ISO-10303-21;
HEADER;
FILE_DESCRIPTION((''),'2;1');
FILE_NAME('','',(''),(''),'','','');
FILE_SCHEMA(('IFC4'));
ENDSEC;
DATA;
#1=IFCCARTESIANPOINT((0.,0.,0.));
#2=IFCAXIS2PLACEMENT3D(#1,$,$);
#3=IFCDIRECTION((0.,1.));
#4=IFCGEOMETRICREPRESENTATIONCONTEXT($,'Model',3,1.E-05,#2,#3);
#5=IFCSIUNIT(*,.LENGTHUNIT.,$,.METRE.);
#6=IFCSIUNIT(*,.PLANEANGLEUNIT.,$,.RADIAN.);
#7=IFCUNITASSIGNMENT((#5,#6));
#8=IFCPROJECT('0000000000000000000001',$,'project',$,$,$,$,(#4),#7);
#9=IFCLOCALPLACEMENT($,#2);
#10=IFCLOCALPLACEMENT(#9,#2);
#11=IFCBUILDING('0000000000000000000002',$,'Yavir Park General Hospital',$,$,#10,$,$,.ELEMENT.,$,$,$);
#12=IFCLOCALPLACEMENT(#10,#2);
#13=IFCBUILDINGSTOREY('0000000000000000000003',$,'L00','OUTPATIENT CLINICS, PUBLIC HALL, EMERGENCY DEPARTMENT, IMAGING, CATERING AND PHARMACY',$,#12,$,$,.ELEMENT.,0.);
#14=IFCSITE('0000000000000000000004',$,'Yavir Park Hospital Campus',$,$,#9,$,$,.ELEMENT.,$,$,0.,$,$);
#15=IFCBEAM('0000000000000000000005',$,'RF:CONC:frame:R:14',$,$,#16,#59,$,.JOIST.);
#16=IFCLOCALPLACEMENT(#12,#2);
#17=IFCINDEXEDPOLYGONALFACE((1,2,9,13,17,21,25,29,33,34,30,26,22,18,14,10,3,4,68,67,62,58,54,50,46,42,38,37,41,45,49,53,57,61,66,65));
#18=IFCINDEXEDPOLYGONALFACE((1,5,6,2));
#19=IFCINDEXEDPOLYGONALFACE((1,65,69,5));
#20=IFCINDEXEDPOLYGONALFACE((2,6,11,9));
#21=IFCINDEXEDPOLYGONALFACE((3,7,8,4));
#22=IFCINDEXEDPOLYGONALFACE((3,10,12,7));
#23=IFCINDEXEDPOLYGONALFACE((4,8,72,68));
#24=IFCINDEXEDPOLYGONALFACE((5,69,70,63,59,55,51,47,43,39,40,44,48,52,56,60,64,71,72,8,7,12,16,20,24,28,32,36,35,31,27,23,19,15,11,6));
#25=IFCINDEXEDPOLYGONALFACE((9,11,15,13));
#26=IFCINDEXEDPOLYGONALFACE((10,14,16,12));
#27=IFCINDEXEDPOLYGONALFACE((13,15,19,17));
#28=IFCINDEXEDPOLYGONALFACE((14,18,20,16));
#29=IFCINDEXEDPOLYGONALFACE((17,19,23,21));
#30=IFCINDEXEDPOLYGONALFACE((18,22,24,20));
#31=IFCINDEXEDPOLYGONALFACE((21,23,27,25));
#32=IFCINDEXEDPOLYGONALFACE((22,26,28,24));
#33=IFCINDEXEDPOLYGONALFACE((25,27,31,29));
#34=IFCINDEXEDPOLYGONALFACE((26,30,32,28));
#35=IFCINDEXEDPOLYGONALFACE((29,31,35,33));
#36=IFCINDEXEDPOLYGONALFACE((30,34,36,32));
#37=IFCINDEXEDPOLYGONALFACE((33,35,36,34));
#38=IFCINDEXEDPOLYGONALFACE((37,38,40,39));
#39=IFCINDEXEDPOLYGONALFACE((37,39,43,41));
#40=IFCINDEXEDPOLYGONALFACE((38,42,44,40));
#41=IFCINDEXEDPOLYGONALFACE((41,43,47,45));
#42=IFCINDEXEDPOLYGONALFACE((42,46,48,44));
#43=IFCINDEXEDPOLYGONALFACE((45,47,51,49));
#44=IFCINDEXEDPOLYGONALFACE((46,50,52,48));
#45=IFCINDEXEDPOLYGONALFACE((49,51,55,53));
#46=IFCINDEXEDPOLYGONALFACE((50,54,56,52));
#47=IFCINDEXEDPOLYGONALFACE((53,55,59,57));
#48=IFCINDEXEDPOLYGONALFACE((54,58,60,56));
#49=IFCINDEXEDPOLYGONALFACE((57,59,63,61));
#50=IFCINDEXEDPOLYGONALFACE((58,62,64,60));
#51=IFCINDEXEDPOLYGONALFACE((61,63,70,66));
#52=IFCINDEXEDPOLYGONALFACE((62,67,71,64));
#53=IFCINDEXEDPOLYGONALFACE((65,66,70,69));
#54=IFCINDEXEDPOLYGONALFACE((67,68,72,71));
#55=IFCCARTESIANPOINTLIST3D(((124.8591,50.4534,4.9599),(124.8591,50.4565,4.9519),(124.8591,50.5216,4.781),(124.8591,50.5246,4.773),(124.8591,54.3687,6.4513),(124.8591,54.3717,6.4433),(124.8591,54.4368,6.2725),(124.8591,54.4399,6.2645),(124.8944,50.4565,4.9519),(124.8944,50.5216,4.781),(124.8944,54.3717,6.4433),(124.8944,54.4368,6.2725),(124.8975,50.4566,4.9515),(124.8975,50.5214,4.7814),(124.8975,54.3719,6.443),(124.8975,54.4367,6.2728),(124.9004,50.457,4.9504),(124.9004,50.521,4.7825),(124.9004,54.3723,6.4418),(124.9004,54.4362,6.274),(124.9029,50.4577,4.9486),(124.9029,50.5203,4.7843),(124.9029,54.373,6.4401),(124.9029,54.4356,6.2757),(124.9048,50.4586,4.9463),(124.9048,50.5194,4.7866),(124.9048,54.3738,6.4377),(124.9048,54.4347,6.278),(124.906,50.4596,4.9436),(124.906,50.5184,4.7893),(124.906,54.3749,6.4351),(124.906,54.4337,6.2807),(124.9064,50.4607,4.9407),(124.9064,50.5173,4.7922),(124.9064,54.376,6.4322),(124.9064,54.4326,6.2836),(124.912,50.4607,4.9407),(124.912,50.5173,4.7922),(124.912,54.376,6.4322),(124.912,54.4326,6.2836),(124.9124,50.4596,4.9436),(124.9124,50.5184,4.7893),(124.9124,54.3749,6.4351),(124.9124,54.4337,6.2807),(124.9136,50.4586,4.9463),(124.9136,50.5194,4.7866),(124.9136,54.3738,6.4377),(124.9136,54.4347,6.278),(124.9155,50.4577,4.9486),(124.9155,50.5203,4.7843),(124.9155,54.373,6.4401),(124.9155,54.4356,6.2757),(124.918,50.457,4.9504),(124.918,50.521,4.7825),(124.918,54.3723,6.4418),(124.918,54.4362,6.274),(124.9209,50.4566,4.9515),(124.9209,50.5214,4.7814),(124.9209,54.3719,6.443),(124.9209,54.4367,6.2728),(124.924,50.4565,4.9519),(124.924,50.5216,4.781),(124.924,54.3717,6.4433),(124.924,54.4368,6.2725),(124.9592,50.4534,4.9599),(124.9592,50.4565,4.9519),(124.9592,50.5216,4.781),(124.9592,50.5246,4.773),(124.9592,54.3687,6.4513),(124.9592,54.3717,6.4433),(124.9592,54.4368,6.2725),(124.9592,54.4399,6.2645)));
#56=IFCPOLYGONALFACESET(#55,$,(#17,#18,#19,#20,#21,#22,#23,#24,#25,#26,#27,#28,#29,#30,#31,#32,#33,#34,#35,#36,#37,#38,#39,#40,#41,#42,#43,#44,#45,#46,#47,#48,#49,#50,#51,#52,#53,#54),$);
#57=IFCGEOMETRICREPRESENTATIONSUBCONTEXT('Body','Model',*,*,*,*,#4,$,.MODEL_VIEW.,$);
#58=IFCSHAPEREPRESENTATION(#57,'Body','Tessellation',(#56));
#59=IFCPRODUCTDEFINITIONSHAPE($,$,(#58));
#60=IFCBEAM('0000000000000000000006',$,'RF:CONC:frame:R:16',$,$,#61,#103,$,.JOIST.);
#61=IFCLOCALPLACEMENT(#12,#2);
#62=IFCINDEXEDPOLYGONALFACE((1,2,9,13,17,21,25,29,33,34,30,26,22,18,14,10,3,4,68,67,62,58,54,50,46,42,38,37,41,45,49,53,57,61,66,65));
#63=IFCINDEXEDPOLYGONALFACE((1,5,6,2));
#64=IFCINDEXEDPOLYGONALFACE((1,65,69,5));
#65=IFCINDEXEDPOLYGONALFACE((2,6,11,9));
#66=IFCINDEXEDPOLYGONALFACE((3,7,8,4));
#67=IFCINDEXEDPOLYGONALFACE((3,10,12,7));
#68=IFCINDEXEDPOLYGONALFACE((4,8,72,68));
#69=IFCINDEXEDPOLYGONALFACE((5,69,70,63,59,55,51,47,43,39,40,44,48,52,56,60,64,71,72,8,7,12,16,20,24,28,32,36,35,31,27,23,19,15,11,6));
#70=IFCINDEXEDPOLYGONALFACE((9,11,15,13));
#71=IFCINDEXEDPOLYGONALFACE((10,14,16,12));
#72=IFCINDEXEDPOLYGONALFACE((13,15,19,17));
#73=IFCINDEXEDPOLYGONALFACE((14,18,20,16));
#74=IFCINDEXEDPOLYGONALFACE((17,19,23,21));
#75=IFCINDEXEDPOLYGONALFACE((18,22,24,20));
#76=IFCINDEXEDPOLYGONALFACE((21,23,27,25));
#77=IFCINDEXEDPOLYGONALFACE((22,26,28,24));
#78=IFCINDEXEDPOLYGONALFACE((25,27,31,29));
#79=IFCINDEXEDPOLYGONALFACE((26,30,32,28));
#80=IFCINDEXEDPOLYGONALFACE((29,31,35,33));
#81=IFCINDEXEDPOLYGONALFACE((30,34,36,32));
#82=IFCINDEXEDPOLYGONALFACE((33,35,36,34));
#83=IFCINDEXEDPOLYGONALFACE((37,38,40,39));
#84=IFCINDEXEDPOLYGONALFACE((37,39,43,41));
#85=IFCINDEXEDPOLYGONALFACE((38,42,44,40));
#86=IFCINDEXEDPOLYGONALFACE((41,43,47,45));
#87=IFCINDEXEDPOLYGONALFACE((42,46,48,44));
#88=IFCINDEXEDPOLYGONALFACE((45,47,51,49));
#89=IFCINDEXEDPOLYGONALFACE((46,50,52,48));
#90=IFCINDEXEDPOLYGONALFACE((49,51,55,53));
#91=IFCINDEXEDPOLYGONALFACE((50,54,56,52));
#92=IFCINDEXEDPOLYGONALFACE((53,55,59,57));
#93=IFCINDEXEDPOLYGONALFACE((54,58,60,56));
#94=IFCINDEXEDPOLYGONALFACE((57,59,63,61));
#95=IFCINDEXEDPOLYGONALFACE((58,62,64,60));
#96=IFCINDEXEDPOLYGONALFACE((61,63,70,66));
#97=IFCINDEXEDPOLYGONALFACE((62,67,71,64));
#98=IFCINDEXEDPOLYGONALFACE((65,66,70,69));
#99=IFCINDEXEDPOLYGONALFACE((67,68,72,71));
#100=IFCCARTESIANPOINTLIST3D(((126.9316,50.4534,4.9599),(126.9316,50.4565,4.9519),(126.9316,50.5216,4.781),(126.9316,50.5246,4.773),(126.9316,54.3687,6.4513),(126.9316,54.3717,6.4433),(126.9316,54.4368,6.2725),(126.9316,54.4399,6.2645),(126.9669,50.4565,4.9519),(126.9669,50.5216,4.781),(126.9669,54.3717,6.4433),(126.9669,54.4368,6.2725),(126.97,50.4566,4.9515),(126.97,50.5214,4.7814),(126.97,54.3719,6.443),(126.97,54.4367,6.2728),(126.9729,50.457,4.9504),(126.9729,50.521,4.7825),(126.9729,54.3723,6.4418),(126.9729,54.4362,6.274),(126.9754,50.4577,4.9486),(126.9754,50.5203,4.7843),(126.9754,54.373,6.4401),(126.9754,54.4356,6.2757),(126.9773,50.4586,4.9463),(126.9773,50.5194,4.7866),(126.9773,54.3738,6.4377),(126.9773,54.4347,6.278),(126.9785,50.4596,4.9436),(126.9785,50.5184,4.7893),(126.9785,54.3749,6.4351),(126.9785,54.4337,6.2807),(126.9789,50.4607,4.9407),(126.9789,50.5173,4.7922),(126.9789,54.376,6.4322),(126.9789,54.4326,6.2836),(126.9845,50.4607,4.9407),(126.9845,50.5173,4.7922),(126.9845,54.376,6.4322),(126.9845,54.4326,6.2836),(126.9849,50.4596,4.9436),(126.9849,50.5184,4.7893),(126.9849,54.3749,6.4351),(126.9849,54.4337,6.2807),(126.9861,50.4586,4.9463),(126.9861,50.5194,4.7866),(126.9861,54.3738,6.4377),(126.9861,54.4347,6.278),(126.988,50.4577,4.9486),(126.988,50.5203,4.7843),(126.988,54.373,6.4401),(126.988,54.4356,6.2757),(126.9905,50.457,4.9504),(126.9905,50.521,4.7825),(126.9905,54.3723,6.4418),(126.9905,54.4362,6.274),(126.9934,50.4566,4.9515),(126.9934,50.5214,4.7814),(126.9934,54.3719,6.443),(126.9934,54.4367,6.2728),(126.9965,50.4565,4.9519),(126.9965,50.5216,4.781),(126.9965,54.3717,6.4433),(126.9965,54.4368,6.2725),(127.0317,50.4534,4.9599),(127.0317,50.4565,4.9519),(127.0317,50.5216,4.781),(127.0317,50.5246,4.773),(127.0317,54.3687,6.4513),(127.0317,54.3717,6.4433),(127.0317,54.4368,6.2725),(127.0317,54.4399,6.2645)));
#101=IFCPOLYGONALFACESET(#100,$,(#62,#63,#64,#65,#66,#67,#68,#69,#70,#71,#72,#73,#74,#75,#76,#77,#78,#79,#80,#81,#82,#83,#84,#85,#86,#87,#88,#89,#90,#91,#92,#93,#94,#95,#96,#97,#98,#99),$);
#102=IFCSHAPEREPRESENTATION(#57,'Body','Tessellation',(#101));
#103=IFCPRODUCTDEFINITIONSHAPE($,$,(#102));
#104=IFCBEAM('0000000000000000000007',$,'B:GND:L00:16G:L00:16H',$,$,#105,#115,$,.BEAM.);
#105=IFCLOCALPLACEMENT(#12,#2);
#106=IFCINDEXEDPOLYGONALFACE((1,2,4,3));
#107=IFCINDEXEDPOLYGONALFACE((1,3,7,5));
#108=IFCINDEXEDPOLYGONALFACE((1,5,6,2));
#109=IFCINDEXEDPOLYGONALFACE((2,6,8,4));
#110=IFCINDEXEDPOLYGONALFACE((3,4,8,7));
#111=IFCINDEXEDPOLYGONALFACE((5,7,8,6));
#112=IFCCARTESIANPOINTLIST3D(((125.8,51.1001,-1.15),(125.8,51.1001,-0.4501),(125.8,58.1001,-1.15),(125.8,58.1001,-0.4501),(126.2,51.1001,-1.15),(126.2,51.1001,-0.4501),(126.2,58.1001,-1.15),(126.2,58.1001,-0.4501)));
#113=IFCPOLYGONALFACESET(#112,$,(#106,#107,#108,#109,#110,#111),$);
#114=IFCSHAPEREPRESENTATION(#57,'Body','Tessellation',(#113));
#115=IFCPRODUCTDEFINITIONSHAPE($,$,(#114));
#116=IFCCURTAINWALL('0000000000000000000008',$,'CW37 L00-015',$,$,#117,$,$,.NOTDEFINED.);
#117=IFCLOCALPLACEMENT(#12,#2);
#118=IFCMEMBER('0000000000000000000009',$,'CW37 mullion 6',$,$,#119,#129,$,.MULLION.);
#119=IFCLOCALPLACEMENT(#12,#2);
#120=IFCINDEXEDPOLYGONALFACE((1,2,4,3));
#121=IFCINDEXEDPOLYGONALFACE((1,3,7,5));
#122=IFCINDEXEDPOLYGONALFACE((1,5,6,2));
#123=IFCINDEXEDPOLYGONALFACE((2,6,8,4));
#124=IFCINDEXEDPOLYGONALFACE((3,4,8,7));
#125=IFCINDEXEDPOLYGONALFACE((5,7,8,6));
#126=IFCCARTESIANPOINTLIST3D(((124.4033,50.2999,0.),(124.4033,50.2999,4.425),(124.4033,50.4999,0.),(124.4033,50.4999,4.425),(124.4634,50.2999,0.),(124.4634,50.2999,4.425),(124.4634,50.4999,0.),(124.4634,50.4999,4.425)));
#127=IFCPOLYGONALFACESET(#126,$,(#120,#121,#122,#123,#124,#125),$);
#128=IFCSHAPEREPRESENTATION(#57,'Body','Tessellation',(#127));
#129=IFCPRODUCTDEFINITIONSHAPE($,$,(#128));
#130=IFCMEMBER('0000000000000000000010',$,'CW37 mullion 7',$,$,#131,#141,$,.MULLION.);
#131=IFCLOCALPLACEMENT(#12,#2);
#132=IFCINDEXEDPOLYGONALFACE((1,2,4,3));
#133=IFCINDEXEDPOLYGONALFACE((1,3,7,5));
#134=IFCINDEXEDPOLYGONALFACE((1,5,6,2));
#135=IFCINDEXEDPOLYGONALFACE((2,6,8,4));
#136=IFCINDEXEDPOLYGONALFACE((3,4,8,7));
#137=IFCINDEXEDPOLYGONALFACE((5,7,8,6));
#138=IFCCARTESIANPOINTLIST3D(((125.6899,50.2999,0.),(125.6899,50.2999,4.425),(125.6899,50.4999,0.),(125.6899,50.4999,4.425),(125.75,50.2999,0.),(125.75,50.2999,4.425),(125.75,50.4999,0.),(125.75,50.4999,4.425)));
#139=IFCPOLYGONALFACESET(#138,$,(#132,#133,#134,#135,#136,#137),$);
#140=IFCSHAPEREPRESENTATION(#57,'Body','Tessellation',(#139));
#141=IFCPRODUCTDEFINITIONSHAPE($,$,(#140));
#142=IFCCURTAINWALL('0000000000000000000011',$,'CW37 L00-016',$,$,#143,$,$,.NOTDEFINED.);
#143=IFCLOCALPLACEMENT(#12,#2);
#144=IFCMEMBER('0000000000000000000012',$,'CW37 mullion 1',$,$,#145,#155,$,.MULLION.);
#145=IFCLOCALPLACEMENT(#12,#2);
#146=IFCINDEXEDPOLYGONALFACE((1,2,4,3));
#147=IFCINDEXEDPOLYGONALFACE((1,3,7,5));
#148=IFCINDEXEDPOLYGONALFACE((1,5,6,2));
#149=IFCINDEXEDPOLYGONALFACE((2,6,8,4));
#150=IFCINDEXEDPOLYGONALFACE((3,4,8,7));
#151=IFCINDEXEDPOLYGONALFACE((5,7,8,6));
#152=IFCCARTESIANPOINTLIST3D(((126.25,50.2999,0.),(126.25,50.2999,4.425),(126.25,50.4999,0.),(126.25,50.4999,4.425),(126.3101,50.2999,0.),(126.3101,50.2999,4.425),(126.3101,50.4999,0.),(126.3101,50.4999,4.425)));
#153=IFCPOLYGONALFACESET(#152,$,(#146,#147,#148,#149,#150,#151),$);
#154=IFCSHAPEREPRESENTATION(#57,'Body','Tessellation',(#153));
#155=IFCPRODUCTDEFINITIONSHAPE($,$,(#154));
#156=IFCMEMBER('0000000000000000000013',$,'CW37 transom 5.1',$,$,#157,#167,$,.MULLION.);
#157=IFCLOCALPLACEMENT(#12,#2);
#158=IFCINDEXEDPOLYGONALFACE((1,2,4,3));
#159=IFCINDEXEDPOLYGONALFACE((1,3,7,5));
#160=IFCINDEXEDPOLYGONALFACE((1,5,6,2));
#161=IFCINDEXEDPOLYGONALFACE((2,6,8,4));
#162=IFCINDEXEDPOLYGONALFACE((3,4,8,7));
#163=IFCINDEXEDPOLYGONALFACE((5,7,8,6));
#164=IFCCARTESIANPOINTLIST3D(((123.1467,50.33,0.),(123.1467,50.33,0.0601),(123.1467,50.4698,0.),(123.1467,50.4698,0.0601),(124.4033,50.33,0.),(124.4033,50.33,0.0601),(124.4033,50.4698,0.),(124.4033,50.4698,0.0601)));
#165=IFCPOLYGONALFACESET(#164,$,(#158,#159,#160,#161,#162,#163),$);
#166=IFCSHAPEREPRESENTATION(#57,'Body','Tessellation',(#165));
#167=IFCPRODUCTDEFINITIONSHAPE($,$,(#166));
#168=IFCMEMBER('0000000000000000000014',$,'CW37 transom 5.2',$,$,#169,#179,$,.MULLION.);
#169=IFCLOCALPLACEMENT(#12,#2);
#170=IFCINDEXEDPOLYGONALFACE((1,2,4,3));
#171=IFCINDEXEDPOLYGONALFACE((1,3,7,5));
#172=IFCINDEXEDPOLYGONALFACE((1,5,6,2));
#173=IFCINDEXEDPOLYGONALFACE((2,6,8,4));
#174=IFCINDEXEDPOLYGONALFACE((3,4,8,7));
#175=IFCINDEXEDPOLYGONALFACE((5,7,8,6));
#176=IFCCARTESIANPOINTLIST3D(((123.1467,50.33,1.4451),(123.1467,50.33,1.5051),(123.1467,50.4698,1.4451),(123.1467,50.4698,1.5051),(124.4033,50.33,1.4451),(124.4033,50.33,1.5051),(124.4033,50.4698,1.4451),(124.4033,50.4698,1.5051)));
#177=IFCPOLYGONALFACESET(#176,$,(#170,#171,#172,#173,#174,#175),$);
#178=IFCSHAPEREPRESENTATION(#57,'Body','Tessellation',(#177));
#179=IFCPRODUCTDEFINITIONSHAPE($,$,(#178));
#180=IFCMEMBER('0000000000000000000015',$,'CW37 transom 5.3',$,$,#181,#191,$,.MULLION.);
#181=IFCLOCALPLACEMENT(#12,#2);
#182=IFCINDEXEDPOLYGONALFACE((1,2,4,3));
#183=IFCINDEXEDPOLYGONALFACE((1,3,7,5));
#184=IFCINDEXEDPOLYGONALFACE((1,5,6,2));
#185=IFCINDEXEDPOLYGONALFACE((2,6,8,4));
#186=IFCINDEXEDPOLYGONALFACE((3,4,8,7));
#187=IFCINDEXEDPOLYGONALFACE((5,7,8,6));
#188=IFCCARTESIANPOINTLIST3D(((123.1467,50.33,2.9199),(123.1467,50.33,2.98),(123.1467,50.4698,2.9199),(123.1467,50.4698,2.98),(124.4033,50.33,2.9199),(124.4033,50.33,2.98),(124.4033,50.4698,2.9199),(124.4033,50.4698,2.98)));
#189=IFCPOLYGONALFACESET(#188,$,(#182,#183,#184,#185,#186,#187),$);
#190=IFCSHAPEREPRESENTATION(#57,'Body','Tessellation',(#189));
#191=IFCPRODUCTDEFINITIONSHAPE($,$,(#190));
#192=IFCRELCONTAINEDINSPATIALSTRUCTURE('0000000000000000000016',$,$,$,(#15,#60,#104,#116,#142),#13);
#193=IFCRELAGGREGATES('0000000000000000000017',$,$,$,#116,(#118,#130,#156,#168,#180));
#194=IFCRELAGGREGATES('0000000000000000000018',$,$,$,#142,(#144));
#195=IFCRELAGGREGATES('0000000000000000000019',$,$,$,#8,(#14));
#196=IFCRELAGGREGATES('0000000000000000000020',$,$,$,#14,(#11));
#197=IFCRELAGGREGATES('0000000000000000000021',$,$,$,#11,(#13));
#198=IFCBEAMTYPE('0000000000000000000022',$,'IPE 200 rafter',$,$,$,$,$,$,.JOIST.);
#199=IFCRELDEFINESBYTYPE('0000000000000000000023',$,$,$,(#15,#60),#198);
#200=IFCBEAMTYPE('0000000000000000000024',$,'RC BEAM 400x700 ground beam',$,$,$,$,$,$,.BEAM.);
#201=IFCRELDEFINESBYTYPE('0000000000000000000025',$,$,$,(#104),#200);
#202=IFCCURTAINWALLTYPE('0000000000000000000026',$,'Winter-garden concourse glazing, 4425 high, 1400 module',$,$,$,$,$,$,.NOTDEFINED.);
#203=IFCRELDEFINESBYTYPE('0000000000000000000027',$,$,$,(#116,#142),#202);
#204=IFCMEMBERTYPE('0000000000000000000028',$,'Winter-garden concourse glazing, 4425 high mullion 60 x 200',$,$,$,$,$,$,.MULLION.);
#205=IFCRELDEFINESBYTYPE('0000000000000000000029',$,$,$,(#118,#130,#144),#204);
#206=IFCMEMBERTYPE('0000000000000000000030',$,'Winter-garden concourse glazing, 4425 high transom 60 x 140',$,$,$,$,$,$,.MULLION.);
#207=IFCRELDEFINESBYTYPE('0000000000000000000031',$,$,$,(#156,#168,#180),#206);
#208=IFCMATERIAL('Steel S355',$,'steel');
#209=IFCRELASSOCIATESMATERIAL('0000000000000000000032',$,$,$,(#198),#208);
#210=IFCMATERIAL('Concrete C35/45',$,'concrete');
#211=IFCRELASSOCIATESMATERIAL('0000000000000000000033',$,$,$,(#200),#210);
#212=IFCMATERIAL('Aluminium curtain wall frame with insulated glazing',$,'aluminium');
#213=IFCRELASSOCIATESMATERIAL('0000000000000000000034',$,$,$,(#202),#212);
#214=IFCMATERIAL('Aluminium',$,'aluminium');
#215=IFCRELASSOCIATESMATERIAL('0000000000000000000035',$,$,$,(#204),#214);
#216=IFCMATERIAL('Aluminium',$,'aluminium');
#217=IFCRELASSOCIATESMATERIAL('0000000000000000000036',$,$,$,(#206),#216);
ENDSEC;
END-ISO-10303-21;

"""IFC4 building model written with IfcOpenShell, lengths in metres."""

from ifc_helpers import new_model, si_unit, direction, frame, origin, origin_2d, place, context, subcontext, project, spatial, rectangle, i_section, extrude, material, material_profile, profile_set, type_object, element, aggregate, save


model = new_model("IFC4")

# Units and contexts
model_context = context("Model", 3, precision=1e-05, world=origin(), true_north=direction((0.0, 1.0)))
body_context = subcontext(model_context, "Body", "Model", "MODEL_VIEW")
ifc_project = project(units=[si_unit("LENGTHUNIT", "METRE"), si_unit("PLANEANGLEUNIT", "RADIAN")], contexts=[model_context])

# Site, building, storey
site_placement = place(None, origin())
site = spatial("IfcSite", under=ifc_project, at=site_placement, Name="Yavir Park Hospital Campus", CompositionType="ELEMENT", RefElevation=0.0)
building_placement = place(site_placement, origin())
building = spatial("IfcBuilding", under=site, at=building_placement, Name="Yavir Park General Hospital", CompositionType="ELEMENT")
storey_placement = place(building_placement, origin())
storey = spatial("IfcBuildingStorey", under=building, at=storey_placement, Name="L00", Description="OUTPATIENT CLINICS, PUBLIC HALL, EMERGENCY DEPARTMENT, IMAGING, CATERING AND PHARMACY", CompositionType="ELEMENT", Elevation=0.0)

# Beams
ifc_material_1 = material(Name="Steel S355", Category="steel")
ifc_material_profile_1 = material_profile(ifc_material_1, i_section(OverallWidth=0.1001, OverallDepth=0.2, WebThickness=0.0056, FlangeThickness=0.0085, FilletRadius=0.012, at=origin_2d()), Name="IPE200")
ifc_profile_set_1 = profile_set([ifc_material_profile_1], Name="Steel S355")
beam_type_1 = type_object("IfcBeamType", Name="IPE 200 rafter", PredefinedType="JOIST", material=ifc_profile_set_1)
for number, where, z_axis, x_axis, name in (
    (1, (124.9092, 50.489, 4.8665), (0.0, 0.934494, 0.355978), (-1.0, 0.0, 0.0), "RF:CONC:frame:R:14"),
    (2, (126.9817, 50.489, 4.8665), (0.0, 0.934494, 0.355978), (-1.0, 0.0, 0.0), "RF:CONC:frame:R:16"),
):
    element("IfcBeam", number, at=place(storey_placement, frame(where, z_axis=z_axis, x_axis=x_axis)), inside=storey, type_object=beam_type_1, Name=name, PredefinedType="JOIST", context=body_context, shape_type="SweptSolid", body=[
        extrude(i_section(OverallWidth=0.1001, OverallDepth=0.2, WebThickness=0.0056, FlangeThickness=0.0085, FilletRadius=0.012, at=origin_2d()), origin(), (0.0, 0.0, 1.0), 4.1897),
    ])
ifc_material_2 = material(Name="Concrete C35/45", Category="concrete")
ifc_material_profile_2 = material_profile(ifc_material_2, rectangle(XDim=0.3999, YDim=0.7, at=origin_2d()), Name="RC400x700")
ifc_profile_set_2 = profile_set([ifc_material_profile_2], Name="Concrete C35/45")
beam_type_2 = type_object("IfcBeamType", Name="RC BEAM 400x700 ground beam", PredefinedType="BEAM", material=ifc_profile_set_2)
beam_1_placement = place(storey_placement, frame((126.0, 51.1001, -0.8), z_axis=(0.0, 1.0, 0.0), x_axis=(-1.0, 0.0, 0.0)))
element("IfcBeam", 3, at=beam_1_placement, inside=storey, type_object=beam_type_2, Name="B:GND:L00:16G:L00:16H", PredefinedType="BEAM", context=body_context, shape_type="SweptSolid", body=[
    extrude(rectangle(XDim=0.3999, YDim=0.7, at=origin_2d()), origin(), (0.0, 0.0, 1.0), 7.0),
])

# Curtain wall, members
ifc_material_3 = material(Name="Aluminium curtain wall frame with insulated glazing", Category="aluminium")
curtain_wall_type = type_object("IfcCurtainWallType", Name="Winter-garden concourse glazing, 4425 high, 1400 module", PredefinedType="NOTDEFINED", material=ifc_material_3)
curtain_wall_1_placement = place(storey_placement, origin())
curtain_wall_1 = element("IfcCurtainWall", 4, at=curtain_wall_1_placement, inside=storey, type_object=curtain_wall_type, Name="CW37 L00-015", PredefinedType="NOTDEFINED")
ifc_material_4 = material(Name="Aluminium", Category="aluminium")
ifc_material_profile_3 = material_profile(ifc_material_4, rectangle(XDim=0.2, YDim=0.0601, at=origin_2d()), Name="AL 60x200")
ifc_profile_set_3 = profile_set([ifc_material_profile_3], Name="Aluminium")
member_type_1 = type_object("IfcMemberType", Name="Winter-garden concourse glazing, 4425 high mullion 60 x 200", PredefinedType="MULLION", material=ifc_profile_set_3)
member_1_placement = place(storey_placement, frame((124.4333, 50.3999, 0.0), z_axis=(0.0, 0.0, 1.0), x_axis=(0.0, 1.0, 0.0)))
member_1 = element("IfcMember", 5, at=member_1_placement, type_object=member_type_1, Name="CW37 mullion 6", PredefinedType="MULLION", context=body_context, shape_type="SweptSolid", body=[
    extrude(rectangle(XDim=0.2, YDim=0.0601, at=origin_2d()), origin(), (0.0, 0.0, 1.0), 4.425),
])
member_2_placement = place(storey_placement, frame((125.72, 50.3999, 0.0), z_axis=(0.0, 0.0, 1.0), x_axis=(0.0, 1.0, 0.0)))
member_2 = element("IfcMember", 6, at=member_2_placement, type_object=member_type_1, Name="CW37 mullion 7", PredefinedType="MULLION", context=body_context, shape_type="SweptSolid", body=[
    extrude(rectangle(XDim=0.2, YDim=0.0601, at=origin_2d()), origin(), (0.0, 0.0, 1.0), 4.425),
])

# Curtain wall, member
curtain_wall_2_placement = place(storey_placement, origin())
curtain_wall_2 = element("IfcCurtainWall", 7, at=curtain_wall_2_placement, inside=storey, type_object=curtain_wall_type, Name="CW37 L00-016", PredefinedType="NOTDEFINED")
member_3_placement = place(storey_placement, frame((126.28, 50.3999, 0.0), z_axis=(0.0, 0.0, 1.0), x_axis=(0.0, 1.0, 0.0)))
member_3 = element("IfcMember", 8, at=member_3_placement, type_object=member_type_1, Name="CW37 mullion 1", PredefinedType="MULLION", context=body_context, shape_type="SweptSolid", body=[
    extrude(rectangle(XDim=0.2, YDim=0.0601, at=origin_2d()), origin(), (0.0, 0.0, 1.0), 4.425),
])

# Members
ifc_material_5 = material(Name="Aluminium", Category="aluminium")
ifc_material_profile_4 = material_profile(ifc_material_5, rectangle(XDim=0.1399, YDim=0.0601, at=origin_2d()), Name="AL 140x60")
ifc_profile_set_4 = profile_set([ifc_material_profile_4], Name="Aluminium")
member_type_2 = type_object("IfcMemberType", Name="Winter-garden concourse glazing, 4425 high transom 60 x 140", PredefinedType="MULLION", material=ifc_profile_set_4)
member_4_placement = place(storey_placement, frame((123.1467, 50.3999, 0.03), z_axis=(1.0, 0.0, 0.0), x_axis=(0.0, 1.0, 0.0)))
member_4 = element("IfcMember", 9, at=member_4_placement, type_object=member_type_2, Name="CW37 transom 5.1", PredefinedType="MULLION", context=body_context, shape_type="SweptSolid", body=[
    extrude(rectangle(XDim=0.1399, YDim=0.0601, at=origin_2d()), origin(), (0.0, 0.0, 1.0), 1.2566),
])
member_5_placement = place(storey_placement, frame((123.1467, 50.3999, 1.4751), z_axis=(1.0, 0.0, 0.0), x_axis=(0.0, 1.0, 0.0)))
member_5 = element("IfcMember", 10, at=member_5_placement, type_object=member_type_2, Name="CW37 transom 5.2", PredefinedType="MULLION", context=body_context, shape_type="SweptSolid", body=[
    extrude(rectangle(XDim=0.1399, YDim=0.0601, at=origin_2d()), origin(), (0.0, 0.0, 1.0), 1.2566),
])
member_6_placement = place(storey_placement, frame((123.1467, 50.3999, 2.95), z_axis=(1.0, 0.0, 0.0), x_axis=(0.0, 1.0, 0.0)))
member_6 = element("IfcMember", 11, at=member_6_placement, type_object=member_type_2, Name="CW37 transom 5.3", PredefinedType="MULLION", context=body_context, shape_type="SweptSolid", body=[
    extrude(rectangle(XDim=0.1399, YDim=0.0601, at=origin_2d()), origin(), (0.0, 0.0, 1.0), 1.2566),
])

aggregate(curtain_wall_1, [member_1, member_2, member_4, member_5, member_6])
aggregate(curtain_wall_2, [member_3])

save(model, "model.ifc")
